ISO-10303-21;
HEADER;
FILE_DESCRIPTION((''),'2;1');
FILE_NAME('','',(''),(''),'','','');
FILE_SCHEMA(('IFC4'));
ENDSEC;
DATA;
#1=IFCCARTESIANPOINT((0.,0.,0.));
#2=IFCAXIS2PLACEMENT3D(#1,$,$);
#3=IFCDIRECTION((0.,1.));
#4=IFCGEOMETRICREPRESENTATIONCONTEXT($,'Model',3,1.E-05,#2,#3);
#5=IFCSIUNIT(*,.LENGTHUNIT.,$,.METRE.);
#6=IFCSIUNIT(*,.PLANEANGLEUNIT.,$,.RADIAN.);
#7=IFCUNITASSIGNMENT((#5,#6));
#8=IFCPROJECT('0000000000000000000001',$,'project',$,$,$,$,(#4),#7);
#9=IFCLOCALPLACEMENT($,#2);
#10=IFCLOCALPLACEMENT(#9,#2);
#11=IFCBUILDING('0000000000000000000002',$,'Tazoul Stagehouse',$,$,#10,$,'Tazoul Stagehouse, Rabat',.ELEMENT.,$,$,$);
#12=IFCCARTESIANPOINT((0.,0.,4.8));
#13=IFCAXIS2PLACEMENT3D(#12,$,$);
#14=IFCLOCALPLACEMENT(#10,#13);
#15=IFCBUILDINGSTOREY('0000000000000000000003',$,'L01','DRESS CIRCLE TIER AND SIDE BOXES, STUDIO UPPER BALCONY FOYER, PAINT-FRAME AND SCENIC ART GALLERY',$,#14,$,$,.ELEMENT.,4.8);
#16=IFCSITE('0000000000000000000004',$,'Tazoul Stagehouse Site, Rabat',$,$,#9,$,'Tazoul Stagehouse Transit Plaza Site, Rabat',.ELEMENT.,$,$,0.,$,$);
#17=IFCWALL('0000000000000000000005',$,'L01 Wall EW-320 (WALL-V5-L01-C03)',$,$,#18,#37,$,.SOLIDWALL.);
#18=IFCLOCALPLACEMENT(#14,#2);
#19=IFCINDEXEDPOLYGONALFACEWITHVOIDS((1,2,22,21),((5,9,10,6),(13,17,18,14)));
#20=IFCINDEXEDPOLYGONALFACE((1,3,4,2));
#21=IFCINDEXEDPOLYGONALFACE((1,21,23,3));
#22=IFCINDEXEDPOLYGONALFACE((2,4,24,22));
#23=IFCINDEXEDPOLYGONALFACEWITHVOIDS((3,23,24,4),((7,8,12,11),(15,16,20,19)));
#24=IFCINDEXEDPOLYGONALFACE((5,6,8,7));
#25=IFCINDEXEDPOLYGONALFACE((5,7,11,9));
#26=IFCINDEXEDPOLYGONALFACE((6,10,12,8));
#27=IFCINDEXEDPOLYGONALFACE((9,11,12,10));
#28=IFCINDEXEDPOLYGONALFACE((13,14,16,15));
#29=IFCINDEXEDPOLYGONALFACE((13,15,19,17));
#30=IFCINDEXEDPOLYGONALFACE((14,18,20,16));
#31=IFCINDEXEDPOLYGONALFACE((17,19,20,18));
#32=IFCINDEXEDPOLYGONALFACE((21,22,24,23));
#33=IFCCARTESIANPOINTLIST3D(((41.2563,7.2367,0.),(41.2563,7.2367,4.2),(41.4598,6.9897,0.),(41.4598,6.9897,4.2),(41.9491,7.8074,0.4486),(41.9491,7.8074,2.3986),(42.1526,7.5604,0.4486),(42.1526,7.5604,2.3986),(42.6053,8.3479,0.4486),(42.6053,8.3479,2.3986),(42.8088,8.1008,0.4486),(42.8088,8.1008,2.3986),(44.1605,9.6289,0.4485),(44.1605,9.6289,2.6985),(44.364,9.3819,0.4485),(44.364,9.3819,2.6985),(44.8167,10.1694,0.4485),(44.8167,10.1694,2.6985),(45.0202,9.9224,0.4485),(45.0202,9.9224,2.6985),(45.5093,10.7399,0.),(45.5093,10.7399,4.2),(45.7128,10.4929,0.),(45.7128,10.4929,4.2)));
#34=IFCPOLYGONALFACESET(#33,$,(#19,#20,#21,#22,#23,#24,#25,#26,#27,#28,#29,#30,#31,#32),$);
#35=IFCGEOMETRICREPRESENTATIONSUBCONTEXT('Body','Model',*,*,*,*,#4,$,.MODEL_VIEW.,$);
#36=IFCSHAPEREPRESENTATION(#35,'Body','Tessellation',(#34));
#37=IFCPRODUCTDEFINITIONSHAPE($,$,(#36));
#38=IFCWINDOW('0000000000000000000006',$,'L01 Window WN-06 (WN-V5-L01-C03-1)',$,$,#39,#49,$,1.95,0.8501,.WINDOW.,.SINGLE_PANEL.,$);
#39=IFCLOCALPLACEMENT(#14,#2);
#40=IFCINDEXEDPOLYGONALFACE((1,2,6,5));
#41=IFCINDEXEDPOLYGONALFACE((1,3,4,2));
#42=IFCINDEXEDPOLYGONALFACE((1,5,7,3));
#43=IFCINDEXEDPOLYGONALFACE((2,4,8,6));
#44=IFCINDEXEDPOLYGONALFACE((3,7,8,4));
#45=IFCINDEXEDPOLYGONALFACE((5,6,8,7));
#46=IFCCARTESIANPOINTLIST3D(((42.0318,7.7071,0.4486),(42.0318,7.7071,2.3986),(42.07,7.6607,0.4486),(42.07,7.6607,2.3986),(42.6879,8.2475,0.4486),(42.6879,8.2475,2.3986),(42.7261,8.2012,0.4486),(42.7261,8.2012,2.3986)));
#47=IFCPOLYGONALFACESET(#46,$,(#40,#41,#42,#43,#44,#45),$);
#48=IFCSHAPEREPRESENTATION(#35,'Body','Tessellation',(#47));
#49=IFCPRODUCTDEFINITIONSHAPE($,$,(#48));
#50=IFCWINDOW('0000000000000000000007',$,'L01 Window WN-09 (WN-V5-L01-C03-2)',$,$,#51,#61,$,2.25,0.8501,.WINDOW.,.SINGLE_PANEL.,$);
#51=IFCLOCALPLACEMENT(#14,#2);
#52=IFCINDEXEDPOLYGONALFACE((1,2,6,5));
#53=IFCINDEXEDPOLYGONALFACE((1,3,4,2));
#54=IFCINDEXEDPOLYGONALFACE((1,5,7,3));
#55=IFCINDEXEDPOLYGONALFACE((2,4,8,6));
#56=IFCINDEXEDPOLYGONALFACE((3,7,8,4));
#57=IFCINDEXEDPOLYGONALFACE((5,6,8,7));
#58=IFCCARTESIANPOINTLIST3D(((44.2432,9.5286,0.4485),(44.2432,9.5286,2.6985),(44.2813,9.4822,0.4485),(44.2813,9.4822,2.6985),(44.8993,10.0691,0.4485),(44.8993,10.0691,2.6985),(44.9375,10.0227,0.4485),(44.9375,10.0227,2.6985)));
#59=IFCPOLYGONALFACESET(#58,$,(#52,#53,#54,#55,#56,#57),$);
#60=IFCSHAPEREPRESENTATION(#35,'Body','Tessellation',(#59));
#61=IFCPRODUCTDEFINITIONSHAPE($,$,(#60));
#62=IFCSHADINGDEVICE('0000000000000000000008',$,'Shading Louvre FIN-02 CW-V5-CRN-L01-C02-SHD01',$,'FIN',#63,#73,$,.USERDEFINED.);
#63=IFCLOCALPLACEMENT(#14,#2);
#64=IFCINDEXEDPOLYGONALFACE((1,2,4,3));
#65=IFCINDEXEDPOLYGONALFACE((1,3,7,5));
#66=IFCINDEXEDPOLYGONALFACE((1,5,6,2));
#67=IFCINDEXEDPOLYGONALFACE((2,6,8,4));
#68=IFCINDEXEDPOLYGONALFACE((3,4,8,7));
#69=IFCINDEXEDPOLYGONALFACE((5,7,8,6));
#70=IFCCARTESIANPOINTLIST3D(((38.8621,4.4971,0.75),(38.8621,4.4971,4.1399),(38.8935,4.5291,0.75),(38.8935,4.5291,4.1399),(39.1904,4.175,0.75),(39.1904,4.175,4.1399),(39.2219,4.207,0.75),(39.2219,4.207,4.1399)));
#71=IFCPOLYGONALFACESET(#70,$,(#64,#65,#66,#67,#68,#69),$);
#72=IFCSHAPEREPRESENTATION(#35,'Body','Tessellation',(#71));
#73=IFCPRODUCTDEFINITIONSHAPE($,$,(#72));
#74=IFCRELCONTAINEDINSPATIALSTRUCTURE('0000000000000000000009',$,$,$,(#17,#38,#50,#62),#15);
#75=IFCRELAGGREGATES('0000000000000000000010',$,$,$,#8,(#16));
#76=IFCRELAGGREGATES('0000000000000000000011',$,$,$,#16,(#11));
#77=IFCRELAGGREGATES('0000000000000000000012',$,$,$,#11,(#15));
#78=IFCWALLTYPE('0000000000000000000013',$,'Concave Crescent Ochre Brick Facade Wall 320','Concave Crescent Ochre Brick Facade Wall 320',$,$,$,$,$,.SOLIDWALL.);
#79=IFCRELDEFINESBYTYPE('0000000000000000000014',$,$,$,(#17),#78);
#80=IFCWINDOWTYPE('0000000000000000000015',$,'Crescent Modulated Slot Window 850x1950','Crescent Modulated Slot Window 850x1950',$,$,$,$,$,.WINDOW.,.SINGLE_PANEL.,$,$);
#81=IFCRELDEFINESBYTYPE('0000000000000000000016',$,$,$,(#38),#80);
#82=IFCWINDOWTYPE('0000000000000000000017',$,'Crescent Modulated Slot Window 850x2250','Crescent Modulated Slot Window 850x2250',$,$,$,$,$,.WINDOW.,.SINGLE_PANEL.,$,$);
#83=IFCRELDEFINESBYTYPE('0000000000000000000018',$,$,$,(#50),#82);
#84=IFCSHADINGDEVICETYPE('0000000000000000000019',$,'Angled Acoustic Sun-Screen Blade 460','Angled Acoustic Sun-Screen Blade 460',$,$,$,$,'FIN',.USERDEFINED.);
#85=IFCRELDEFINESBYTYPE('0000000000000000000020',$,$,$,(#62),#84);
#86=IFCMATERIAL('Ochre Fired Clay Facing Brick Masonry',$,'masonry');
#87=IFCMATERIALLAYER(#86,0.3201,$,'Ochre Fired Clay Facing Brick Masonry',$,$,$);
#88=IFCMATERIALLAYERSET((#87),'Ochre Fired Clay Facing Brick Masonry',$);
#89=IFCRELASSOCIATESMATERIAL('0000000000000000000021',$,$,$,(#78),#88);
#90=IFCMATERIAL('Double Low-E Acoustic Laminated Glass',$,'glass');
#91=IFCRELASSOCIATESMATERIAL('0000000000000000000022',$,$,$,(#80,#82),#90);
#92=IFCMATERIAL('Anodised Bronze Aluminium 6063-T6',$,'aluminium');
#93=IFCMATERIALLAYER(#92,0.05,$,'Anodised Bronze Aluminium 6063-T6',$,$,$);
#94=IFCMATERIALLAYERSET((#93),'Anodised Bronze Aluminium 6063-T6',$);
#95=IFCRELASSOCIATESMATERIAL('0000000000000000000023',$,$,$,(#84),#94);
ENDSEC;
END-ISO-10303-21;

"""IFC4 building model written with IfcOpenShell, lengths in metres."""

from ifc_helpers import new_model, si_unit, direction, frame, frame_2d, origin, origin_2d, place, context, subcontext, project, spatial, rectangle, extrude, material, layer, layer_set, type_object, element, fill, save


model = new_model("IFC4")

# Units and contexts
model_context = context("Model", 3, precision=1e-05, world=origin(), true_north=direction((0.0, 1.0)))
body_context = subcontext(model_context, "Body", "Model", "MODEL_VIEW")
ifc_project = project(units=[si_unit("LENGTHUNIT", "METRE"), si_unit("PLANEANGLEUNIT", "RADIAN")], contexts=[model_context])

# Shared definitions
ifc_material_1 = material(Name="Anodised Bronze Aluminium 6063-T6", Category="aluminium")
site_placement = place(None, origin())
building_placement = place(site_placement, origin())
storey_placement = place(building_placement, frame((0.0, 0.0, 4.8)))

# Shared definitions
ifc_material_2 = material(Name="Double Low-E Acoustic Laminated Glass", Category="glass")

# Site, building, storey
site = spatial("IfcSite", under=ifc_project, at=site_placement, Name="Tazoul Stagehouse Site, Rabat", LongName="Tazoul Stagehouse Transit Plaza Site, Rabat", CompositionType="ELEMENT", RefElevation=0.0)
building = spatial("IfcBuilding", under=site, at=building_placement, Name="Tazoul Stagehouse", LongName="Tazoul Stagehouse, Rabat", CompositionType="ELEMENT")
storey = spatial("IfcBuildingStorey", under=building, at=storey_placement, Name="L01", Description="DRESS CIRCLE TIER AND SIDE BOXES, STUDIO UPPER BALCONY FOYER, PAINT-FRAME AND SCENIC ART GALLERY", CompositionType="ELEMENT", Elevation=4.8)

# Wall, openings, windows
ifc_material_3 = material(Name="Ochre Fired Clay Facing Brick Masonry", Category="masonry")
ifc_layer_1 = layer(ifc_material_3, 0.3201, Name="Ochre Fired Clay Facing Brick Masonry")
ifc_layer_set_1 = layer_set([ifc_layer_1], Name="Ochre Fired Clay Facing Brick Masonry")
wall_type = type_object("IfcWallType", Name="Concave Crescent Ochre Brick Facade Wall 320", Description="Concave Crescent Ochre Brick Facade Wall 320", PredefinedType="SOLIDWALL", material=ifc_layer_set_1)
wall_placement = place(storey_placement, frame((41.3582, 7.1133, 0.0), z_axis=(0.0, 0.0, 1.0), x_axis=(0.771862, 0.63579, 0.0)))
wall = element("IfcWall", 1, at=wall_placement, inside=storey, type_object=wall_type, Name="L01 Wall EW-320 (WALL-V5-L01-C03)", PredefinedType="SOLIDWALL", context=body_context, shape_type="SweptSolid", body=[
    extrude(rectangle(XDim=5.51, YDim=0.3201, at=frame_2d((2.7549, 0.0))), origin(), (0.0, 0.0, 1.0), 4.2),
])
opening_1_placement = place(wall_placement, frame((0.8975, 0.0, 0.4485)))
opening_1 = element("IfcOpeningElement", 2, at=opening_1_placement, cuts=wall, PredefinedType="OPENING", context=body_context, shape_type="SweptSolid", body=[
    extrude(rectangle(XDim=0.8501, YDim=1.95, at=frame_2d((0.425, 0.9751))), frame((0.0, 0.1799, 0.0), z_axis=(0.0, -1.0, 0.0), x_axis=(1.0, 0.0, 0.0)), (0.0, 0.0, 1.0), 0.3601),
])
opening_2_placement = place(wall_placement, frame((3.7625, 0.0, 0.4485)))
opening_2 = element("IfcOpeningElement", 3, at=opening_2_placement, cuts=wall, PredefinedType="OPENING", context=body_context, shape_type="SweptSolid", body=[
    extrude(rectangle(XDim=0.8501, YDim=2.25, at=frame_2d((0.425, 1.125))), frame((0.0, 0.1799, 0.0), z_axis=(0.0, -1.0, 0.0), x_axis=(1.0, 0.0, 0.0)), (0.0, 0.0, 1.0), 0.3601),
])
window_type_1 = type_object("IfcWindowType", Name="Crescent Modulated Slot Window 850x1950", Description="Crescent Modulated Slot Window 850x1950", PartitioningType="SINGLE_PANEL", PredefinedType="WINDOW", material=ifc_material_2)
window_1_placement = place(opening_1_placement, origin())
window_1 = element("IfcWindow", 4, at=window_1_placement, inside=storey, type_object=window_type_1, Name="L01 Window WN-06 (WN-V5-L01-C03-1)", OverallHeight=1.95, OverallWidth=0.8501, PartitioningType="SINGLE_PANEL", PredefinedType="WINDOW", context=body_context, shape_type="SweptSolid", body=[
    extrude(rectangle(XDim=0.8501, YDim=1.95, at=frame_2d((0.425, 0.9751))), frame((0.0, 0.03, 0.0), z_axis=(0.0, -1.0, 0.0), x_axis=(1.0, 0.0, 0.0)), (0.0, 0.0, 1.0), 0.0601),
])
fill(opening_1, window_1)
window_type_2 = type_object("IfcWindowType", Name="Crescent Modulated Slot Window 850x2250", Description="Crescent Modulated Slot Window 850x2250", PartitioningType="SINGLE_PANEL", PredefinedType="WINDOW", material=ifc_material_2)
window_2_placement = place(opening_2_placement, origin())
window_2 = element("IfcWindow", 5, at=window_2_placement, inside=storey, type_object=window_type_2, Name="L01 Window WN-09 (WN-V5-L01-C03-2)", OverallHeight=2.25, OverallWidth=0.8501, PartitioningType="SINGLE_PANEL", PredefinedType="WINDOW", context=body_context, shape_type="SweptSolid", body=[
    extrude(rectangle(XDim=0.8501, YDim=2.25, at=frame_2d((0.425, 1.125))), frame((0.0, 0.03, 0.0), z_axis=(0.0, -1.0, 0.0), x_axis=(1.0, 0.0, 0.0)), (0.0, 0.0, 1.0), 0.0601),
])
fill(opening_2, window_2)

# Shading device
ifc_layer_2 = layer(ifc_material_1, 0.05, Name="Anodised Bronze Aluminium 6063-T6")
ifc_layer_set_2 = layer_set([ifc_layer_2], Name="Anodised Bronze Aluminium 6063-T6")
shading_device_type_1 = type_object("IfcShadingDeviceType", Name="Angled Acoustic Sun-Screen Blade 460", Description="Angled Acoustic Sun-Screen Blade 460", ElementType="FIN", PredefinedType="USERDEFINED", material=ifc_layer_set_2)
shading_device_1_placement = place(storey_placement, frame((39.042, 4.3521, 0.75), z_axis=(0.0, 0.0, 1.0), x_axis=(0.700247, 0.713901, 0.0)))
element("IfcShadingDevice", 6, at=shading_device_1_placement, inside=storey, type_object=shading_device_type_1, Name="Shading Louvre FIN-02 CW-V5-CRN-L01-C02-SHD01", ObjectType="FIN", PredefinedType="USERDEFINED", context=body_context, shape_type="SweptSolid", body=[
    extrude(rectangle(XDim=0.0449, YDim=0.46, at=origin_2d()), origin(), (0.0, 0.0, 1.0), 3.3899),
])

save(model, "model.ifc")
